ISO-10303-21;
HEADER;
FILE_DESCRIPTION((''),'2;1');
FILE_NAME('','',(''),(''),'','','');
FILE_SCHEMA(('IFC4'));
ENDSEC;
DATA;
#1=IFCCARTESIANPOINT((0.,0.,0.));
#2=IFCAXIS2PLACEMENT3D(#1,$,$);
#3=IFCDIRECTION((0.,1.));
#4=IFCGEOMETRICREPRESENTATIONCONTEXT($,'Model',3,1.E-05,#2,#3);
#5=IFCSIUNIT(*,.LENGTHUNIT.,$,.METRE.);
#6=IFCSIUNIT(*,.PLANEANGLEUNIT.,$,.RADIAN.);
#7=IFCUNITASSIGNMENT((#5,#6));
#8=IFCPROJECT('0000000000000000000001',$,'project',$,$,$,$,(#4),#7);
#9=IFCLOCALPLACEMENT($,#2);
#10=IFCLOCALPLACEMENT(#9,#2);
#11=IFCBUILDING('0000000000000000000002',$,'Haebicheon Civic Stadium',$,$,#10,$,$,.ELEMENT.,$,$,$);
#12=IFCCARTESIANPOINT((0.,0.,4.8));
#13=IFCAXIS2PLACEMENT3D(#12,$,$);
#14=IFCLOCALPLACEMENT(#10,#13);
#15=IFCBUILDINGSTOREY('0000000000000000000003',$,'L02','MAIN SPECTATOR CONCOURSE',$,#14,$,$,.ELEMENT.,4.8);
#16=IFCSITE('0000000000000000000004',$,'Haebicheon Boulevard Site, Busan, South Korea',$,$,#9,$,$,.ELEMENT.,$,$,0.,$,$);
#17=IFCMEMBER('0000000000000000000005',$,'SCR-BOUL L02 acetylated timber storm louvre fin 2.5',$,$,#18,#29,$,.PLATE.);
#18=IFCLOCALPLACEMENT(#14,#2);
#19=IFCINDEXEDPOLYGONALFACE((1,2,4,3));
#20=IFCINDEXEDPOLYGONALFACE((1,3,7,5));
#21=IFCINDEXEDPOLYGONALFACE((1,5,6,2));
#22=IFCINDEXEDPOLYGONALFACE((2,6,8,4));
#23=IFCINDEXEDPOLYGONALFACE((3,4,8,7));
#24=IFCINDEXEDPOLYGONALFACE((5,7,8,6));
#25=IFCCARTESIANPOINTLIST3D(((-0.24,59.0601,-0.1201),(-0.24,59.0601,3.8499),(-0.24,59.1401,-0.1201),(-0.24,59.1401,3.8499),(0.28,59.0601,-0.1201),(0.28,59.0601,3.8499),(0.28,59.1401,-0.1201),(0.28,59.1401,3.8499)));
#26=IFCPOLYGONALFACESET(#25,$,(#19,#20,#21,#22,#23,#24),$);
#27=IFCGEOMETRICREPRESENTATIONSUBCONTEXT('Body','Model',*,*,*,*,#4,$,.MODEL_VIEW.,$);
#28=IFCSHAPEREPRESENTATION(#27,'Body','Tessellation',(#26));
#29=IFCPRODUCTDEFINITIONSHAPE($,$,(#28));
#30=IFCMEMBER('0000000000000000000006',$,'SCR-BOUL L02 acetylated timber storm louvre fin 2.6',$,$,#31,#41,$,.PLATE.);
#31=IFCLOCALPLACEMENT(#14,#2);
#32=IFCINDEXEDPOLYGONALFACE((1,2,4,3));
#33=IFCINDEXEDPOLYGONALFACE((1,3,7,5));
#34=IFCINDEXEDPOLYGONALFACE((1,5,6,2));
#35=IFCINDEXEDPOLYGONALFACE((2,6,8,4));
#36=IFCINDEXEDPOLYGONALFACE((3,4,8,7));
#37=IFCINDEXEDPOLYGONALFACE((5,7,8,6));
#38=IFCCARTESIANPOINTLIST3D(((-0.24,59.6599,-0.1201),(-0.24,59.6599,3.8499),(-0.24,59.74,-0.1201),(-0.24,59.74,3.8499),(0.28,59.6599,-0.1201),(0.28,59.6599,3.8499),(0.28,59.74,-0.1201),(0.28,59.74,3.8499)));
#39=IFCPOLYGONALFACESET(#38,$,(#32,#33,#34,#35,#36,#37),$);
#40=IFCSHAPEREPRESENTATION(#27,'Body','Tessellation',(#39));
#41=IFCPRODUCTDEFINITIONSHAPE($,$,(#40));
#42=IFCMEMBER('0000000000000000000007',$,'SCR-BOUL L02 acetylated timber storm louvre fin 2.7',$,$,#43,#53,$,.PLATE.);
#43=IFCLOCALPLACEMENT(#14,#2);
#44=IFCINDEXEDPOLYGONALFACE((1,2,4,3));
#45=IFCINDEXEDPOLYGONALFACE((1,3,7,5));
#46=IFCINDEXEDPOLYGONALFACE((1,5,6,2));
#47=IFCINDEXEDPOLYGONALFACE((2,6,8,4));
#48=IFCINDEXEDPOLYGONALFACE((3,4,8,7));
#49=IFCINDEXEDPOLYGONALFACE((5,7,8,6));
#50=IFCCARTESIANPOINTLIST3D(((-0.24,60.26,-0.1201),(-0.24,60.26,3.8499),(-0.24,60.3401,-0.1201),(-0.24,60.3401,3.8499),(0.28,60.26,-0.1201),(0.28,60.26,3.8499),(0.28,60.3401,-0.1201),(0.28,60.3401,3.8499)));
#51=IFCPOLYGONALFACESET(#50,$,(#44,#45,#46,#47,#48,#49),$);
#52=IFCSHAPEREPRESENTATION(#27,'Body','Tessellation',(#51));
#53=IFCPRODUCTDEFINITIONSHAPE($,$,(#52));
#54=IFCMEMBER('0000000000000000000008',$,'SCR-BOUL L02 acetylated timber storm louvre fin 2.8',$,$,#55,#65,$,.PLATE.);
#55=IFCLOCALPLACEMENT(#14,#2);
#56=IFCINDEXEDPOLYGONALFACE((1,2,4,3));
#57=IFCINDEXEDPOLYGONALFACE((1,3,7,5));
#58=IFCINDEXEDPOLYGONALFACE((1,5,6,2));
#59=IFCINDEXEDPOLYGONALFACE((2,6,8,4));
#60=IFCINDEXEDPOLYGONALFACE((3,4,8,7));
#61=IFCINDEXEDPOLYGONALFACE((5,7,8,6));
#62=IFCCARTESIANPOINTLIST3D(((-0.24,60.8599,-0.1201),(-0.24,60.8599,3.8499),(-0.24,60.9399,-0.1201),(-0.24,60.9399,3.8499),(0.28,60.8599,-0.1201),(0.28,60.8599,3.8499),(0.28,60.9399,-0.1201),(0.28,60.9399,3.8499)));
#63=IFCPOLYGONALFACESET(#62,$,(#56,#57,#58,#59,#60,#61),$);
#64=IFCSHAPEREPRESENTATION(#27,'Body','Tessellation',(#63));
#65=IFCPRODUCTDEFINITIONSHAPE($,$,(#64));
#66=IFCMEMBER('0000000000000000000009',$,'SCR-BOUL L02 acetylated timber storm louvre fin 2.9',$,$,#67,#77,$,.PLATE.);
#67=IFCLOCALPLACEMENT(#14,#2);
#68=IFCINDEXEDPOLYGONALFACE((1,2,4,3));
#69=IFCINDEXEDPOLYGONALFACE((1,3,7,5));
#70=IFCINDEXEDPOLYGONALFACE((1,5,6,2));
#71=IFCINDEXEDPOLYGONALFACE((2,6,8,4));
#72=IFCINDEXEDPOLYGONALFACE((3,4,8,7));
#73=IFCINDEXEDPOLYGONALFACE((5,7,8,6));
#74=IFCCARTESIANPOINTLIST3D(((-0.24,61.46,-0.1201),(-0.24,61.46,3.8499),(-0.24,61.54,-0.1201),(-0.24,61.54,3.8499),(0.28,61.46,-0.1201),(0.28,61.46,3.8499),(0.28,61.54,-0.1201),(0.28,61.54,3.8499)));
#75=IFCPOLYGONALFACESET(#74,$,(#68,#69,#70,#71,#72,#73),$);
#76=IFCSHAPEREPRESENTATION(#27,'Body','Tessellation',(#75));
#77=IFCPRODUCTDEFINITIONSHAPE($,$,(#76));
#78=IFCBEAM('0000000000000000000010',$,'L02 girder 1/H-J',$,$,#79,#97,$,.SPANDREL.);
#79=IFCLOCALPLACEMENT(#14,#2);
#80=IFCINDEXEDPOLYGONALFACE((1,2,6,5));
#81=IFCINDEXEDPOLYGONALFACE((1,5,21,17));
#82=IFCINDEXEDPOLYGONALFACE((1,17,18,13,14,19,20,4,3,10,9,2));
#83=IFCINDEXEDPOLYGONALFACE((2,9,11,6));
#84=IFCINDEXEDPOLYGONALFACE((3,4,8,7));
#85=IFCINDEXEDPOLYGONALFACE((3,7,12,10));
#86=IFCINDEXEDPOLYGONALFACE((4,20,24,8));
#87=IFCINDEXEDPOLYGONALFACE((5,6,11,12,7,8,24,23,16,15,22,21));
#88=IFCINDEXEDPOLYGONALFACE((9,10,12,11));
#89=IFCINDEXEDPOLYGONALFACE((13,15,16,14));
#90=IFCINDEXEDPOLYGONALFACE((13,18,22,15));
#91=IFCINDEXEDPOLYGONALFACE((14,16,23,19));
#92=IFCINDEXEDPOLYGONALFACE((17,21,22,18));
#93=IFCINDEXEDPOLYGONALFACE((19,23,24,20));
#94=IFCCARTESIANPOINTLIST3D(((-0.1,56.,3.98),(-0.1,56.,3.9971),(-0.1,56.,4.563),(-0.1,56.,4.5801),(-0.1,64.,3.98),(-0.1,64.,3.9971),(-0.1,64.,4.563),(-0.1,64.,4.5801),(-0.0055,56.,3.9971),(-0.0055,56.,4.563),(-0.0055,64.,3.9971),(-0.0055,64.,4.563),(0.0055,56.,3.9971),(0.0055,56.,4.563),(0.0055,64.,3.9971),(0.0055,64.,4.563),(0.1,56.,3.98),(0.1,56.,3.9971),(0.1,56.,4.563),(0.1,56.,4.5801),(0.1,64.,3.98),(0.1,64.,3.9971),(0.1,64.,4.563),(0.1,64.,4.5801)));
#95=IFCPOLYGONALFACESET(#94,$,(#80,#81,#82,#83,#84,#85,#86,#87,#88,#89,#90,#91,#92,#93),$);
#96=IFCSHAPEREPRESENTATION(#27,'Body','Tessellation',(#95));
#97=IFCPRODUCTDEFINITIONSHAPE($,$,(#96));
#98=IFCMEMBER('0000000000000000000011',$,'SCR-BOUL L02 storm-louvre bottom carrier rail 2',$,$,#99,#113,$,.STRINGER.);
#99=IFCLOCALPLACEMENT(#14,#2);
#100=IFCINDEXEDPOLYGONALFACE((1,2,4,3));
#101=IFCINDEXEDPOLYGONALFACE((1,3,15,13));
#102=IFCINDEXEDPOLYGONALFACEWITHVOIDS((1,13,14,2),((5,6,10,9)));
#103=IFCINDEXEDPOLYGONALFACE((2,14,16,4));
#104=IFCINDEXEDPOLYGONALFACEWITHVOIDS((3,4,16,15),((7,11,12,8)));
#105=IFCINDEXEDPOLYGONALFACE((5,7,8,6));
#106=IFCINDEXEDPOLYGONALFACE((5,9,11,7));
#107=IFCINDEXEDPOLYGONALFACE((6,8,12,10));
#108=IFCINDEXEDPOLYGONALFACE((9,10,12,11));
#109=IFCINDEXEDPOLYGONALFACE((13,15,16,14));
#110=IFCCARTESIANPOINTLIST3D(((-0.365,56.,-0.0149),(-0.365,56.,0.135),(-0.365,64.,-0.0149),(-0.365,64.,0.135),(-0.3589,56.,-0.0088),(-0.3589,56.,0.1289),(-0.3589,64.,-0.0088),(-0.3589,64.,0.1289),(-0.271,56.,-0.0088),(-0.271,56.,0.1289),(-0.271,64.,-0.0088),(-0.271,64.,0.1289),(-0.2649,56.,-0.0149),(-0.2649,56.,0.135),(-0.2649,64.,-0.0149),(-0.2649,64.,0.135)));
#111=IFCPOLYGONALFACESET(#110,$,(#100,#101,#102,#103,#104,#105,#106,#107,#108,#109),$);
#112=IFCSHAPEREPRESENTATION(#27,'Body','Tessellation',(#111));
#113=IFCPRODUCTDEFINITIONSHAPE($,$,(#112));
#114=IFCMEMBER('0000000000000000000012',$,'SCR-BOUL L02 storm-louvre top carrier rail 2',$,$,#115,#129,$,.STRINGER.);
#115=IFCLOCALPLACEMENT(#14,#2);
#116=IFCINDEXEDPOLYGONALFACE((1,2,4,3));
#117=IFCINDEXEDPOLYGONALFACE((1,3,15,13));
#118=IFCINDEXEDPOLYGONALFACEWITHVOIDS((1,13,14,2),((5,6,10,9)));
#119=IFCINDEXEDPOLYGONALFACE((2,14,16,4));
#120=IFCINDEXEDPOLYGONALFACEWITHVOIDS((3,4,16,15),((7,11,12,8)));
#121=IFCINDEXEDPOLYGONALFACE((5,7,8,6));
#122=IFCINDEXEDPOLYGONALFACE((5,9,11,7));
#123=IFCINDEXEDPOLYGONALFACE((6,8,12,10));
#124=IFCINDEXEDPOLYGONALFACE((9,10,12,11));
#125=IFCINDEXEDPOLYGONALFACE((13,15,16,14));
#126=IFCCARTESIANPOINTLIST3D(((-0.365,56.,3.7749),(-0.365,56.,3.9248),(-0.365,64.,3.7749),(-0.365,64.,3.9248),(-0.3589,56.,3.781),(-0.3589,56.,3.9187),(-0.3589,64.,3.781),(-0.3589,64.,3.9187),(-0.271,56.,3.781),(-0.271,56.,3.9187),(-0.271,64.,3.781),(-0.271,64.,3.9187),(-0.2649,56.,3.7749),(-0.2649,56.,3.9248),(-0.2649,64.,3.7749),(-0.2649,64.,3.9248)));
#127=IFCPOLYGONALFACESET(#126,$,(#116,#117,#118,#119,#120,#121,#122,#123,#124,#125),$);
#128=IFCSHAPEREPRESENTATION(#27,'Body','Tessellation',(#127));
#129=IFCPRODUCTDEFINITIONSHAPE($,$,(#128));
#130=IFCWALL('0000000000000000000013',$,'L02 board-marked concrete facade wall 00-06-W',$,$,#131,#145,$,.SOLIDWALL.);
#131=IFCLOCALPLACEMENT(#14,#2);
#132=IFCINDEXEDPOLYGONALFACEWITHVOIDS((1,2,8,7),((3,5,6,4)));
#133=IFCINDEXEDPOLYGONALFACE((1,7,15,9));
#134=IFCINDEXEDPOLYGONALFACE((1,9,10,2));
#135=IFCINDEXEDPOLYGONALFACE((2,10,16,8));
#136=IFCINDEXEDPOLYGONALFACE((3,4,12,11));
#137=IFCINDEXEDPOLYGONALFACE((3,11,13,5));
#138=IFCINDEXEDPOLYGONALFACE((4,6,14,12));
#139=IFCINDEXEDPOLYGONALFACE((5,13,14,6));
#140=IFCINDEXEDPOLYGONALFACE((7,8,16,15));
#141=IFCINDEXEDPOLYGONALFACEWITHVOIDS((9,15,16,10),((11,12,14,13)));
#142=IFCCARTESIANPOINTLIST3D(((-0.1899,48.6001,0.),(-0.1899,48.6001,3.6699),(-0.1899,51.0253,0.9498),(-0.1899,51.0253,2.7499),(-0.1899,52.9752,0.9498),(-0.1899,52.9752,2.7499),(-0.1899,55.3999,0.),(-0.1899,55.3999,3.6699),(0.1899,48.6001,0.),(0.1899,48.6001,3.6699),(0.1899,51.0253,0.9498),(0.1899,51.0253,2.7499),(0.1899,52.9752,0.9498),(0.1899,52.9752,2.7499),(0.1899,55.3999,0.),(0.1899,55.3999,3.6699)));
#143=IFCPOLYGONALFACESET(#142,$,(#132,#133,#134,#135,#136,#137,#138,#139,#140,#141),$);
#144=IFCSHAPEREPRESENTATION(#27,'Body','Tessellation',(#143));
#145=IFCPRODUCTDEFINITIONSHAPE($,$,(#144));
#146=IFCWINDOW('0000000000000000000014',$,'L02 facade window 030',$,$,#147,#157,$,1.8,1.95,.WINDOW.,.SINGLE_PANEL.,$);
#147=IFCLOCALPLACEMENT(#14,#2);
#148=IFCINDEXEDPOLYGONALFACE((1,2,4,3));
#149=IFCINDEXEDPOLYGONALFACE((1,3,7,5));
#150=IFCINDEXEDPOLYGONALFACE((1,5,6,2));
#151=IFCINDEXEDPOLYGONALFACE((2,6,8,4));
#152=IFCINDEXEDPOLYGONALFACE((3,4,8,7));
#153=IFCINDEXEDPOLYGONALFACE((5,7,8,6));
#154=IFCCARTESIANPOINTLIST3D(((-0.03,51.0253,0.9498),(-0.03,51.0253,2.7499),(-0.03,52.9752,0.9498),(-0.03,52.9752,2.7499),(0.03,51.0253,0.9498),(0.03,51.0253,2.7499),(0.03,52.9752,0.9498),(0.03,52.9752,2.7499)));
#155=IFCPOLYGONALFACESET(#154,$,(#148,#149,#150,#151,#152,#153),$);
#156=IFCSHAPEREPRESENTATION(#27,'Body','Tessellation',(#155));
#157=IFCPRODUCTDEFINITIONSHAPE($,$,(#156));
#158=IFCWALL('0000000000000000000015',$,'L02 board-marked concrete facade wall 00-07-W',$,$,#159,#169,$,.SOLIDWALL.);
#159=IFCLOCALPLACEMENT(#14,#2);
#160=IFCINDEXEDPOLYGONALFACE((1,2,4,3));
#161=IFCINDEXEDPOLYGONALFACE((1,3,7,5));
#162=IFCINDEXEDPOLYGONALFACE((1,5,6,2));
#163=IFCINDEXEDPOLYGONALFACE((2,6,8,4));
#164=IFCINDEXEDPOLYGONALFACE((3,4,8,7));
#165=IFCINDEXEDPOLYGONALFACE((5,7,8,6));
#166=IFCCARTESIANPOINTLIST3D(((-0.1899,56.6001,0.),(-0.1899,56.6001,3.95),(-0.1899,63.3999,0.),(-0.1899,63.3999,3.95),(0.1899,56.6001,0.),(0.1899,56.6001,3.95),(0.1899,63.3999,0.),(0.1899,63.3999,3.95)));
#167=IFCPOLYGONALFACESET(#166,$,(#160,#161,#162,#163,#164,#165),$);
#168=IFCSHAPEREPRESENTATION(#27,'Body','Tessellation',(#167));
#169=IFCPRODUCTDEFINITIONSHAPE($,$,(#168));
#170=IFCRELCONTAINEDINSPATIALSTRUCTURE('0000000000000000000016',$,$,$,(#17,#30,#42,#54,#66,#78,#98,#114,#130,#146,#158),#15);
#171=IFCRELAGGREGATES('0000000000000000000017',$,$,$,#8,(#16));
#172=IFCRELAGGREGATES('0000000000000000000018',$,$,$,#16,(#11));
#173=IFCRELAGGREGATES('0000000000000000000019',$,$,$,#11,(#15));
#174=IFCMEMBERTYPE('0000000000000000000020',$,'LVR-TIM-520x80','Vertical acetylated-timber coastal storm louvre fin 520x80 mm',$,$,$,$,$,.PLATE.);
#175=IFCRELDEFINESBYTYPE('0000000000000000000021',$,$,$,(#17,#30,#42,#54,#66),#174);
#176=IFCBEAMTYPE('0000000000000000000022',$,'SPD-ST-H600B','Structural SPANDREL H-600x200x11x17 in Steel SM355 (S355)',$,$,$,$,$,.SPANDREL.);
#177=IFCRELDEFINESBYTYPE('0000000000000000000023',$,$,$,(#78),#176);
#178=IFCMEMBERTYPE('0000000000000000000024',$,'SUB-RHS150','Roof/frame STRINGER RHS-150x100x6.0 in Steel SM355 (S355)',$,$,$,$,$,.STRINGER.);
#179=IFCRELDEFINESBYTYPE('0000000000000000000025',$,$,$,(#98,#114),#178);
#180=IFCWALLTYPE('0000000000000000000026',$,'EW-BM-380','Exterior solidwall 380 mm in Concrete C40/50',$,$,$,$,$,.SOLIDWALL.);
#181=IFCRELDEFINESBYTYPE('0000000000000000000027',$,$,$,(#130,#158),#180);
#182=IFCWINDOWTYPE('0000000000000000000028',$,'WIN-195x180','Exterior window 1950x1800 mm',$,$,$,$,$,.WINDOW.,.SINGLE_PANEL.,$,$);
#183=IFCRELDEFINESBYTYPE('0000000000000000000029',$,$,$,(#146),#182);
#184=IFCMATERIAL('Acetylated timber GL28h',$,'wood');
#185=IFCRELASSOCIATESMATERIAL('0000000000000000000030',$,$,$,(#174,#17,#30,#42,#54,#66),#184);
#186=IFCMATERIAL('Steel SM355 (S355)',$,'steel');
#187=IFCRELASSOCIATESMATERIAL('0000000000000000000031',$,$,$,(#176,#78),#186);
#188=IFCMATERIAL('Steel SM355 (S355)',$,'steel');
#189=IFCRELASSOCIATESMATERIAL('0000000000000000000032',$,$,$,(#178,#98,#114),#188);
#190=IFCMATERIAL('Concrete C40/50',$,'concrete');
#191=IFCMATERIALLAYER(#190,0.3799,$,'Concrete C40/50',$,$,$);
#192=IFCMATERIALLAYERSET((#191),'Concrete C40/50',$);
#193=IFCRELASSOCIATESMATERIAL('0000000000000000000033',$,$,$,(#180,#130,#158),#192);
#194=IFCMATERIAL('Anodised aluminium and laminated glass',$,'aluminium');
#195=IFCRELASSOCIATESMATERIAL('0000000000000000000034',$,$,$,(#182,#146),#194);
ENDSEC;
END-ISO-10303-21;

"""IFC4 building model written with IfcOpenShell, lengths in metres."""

from ifc_helpers import new_model, si_unit, direction, frame, frame_2d, origin, origin_2d, place, context, subcontext, project, spatial, rectangle, hollow_rectangle, i_section, extrude, material, layer, layer_set, material_profile, profile_set, type_object, element, fill, save


model = new_model("IFC4")

# Units and contexts
model_context = context("Model", 3, precision=1e-05, world=origin(), true_north=direction((0.0, 1.0)))
body_context = subcontext(model_context, "Body", "Model", "MODEL_VIEW")
ifc_project = project(units=[si_unit("LENGTHUNIT", "METRE"), si_unit("PLANEANGLEUNIT", "RADIAN")], contexts=[model_context])

# Site, building, storey
site_placement = place(None, origin())
site = spatial("IfcSite", under=ifc_project, at=site_placement, Name="Haebicheon Boulevard Site, Busan, South Korea", CompositionType="ELEMENT", RefElevation=0.0)
building_placement = place(site_placement, origin())
building = spatial("IfcBuilding", under=site, at=building_placement, Name="Haebicheon Civic Stadium", CompositionType="ELEMENT")
storey_placement = place(building_placement, frame((0.0, 0.0, 4.8)))
storey = spatial("IfcBuildingStorey", under=building, at=storey_placement, Name="L02", Description="MAIN SPECTATOR CONCOURSE", CompositionType="ELEMENT", Elevation=4.8)

# Members
ifc_material_1 = material(Name="Acetylated timber GL28h", Category="wood")
ifc_material_profile_1 = material_profile(ifc_material_1, rectangle(XDim=0.0801, YDim=0.52, at=origin_2d()), Name="TMB-LOUV-80x520")
ifc_profile_set_1 = profile_set([ifc_material_profile_1], Name="Acetylated timber GL28h")
member_type_1 = type_object("IfcMemberType", Name="LVR-TIM-520x80", Description="Vertical acetylated-timber coastal storm louvre fin 520x80 mm", PredefinedType="PLATE", material=ifc_profile_set_1)
for number, where, z_axis, x_axis, name in (
    (1, (0.02, 59.1001, -0.1201), (0.0, 0.0, 1.0), (0.0, 1.0, 0.0), "SCR-BOUL L02 acetylated timber storm louvre fin 2.5"),
    (2, (0.02, 59.7, -0.1201), (0.0, 0.0, 1.0), (0.0, 1.0, 0.0), "SCR-BOUL L02 acetylated timber storm louvre fin 2.6"),
    (3, (0.02, 60.3, -0.1201), (0.0, 0.0, 1.0), (0.0, 1.0, 0.0), "SCR-BOUL L02 acetylated timber storm louvre fin 2.7"),
    (4, (0.02, 60.8999, -0.1201), (0.0, 0.0, 1.0), (0.0, 1.0, 0.0), "SCR-BOUL L02 acetylated timber storm louvre fin 2.8"),
    (5, (0.02, 61.5, -0.1201), (0.0, 0.0, 1.0), (0.0, 1.0, 0.0), "SCR-BOUL L02 acetylated timber storm louvre fin 2.9"),
):
    element("IfcMember", number, at=place(storey_placement, frame(where, z_axis=z_axis, x_axis=x_axis)), inside=storey, type_object=member_type_1, material=ifc_profile_set_1, Name=name, PredefinedType="PLATE", context=body_context, shape_type="SweptSolid", body=[
        extrude(rectangle(XDim=0.0801, YDim=0.52, at=origin_2d()), origin(), (0.0, 0.0, 1.0), 3.97),
    ])

# Beam
ifc_material_2 = material(Name="Steel SM355 (S355)", Category="steel")
ifc_material_profile_2 = material_profile(ifc_material_2, i_section(OverallWidth=0.2, OverallDepth=0.6001, WebThickness=0.011, FlangeThickness=0.0171, at=origin_2d()), Name="H-600x200x11x17")
ifc_profile_set_2 = profile_set([ifc_material_profile_2], Name="Steel SM355 (S355)")
beam_type_1 = type_object("IfcBeamType", Name="SPD-ST-H600B", Description="Structural SPANDREL H-600x200x11x17 in Steel SM355 (S355)", PredefinedType="SPANDREL", material=ifc_profile_set_2)
beam_placement = place(storey_placement, frame((0.0, 56.0, 4.28), z_axis=(0.0, 1.0, 0.0), x_axis=(-1.0, 0.0, 0.0)))
element("IfcBeam", 6, at=beam_placement, inside=storey, type_object=beam_type_1, material=ifc_profile_set_2, Name="L02 girder 1/H-J", PredefinedType="SPANDREL", context=body_context, shape_type="SweptSolid", body=[
    extrude(i_section(OverallWidth=0.2, OverallDepth=0.6001, WebThickness=0.011, FlangeThickness=0.0171, at=origin_2d()), origin(), (0.0, 0.0, 1.0), 8.0),
])

# Members
ifc_material_3 = material(Name="Steel SM355 (S355)", Category="steel")
ifc_material_profile_3 = material_profile(ifc_material_3, hollow_rectangle(XDim=0.1001, YDim=0.1499, WallThickness=0.0061, at=origin_2d()), Name="RHS-150x100x6.0")
ifc_profile_set_3 = profile_set([ifc_material_profile_3], Name="Steel SM355 (S355)")
member_type_2 = type_object("IfcMemberType", Name="SUB-RHS150", Description="Roof/frame STRINGER RHS-150x100x6.0 in Steel SM355 (S355)", PredefinedType="STRINGER", material=ifc_profile_set_3)
for number, where, z_axis, x_axis, name in (
    (7, (-0.3149, 56.0, 0.0601), (0.0, 1.0, 0.0), (-1.0, 0.0, 0.0), "SCR-BOUL L02 storm-louvre bottom carrier rail 2"),
    (8, (-0.3149, 56.0, 3.8499), (0.0, 1.0, 0.0), (-1.0, 0.0, 0.0), "SCR-BOUL L02 storm-louvre top carrier rail 2"),
):
    element("IfcMember", number, at=place(storey_placement, frame(where, z_axis=z_axis, x_axis=x_axis)), inside=storey, type_object=member_type_2, material=ifc_profile_set_3, Name=name, PredefinedType="STRINGER", context=body_context, shape_type="SweptSolid", body=[
        extrude(hollow_rectangle(XDim=0.1001, YDim=0.1499, WallThickness=0.0061, at=origin_2d()), origin(), (0.0, 0.0, 1.0), 8.0),
    ])

# Wall, opening, window
ifc_material_4 = material(Name="Concrete C40/50", Category="concrete")
ifc_layer_1 = layer(ifc_material_4, 0.3799, Name="Concrete C40/50")
ifc_layer_set_1 = layer_set([ifc_layer_1], Name="Concrete C40/50")
wall_type_1 = type_object("IfcWallType", Name="EW-BM-380", Description="Exterior solidwall 380 mm in Concrete C40/50", PredefinedType="SOLIDWALL", material=ifc_layer_set_1)
wall_1_placement = place(storey_placement, frame((0.0, 48.6001, 0.0), z_axis=(0.0, 0.0, 1.0), x_axis=(0.0, 1.0, 0.0)))
wall_1 = element("IfcWall", 9, at=wall_1_placement, inside=storey, type_object=wall_type_1, material=ifc_layer_set_1, Name="L02 board-marked concrete facade wall 00-06-W", PredefinedType="SOLIDWALL", context=body_context, shape_type="SweptSolid", body=[
    extrude(rectangle(XDim=6.7998, YDim=0.3799, at=frame_2d((3.3999, 0.0))), origin(), (0.0, 0.0, 1.0), 3.6699),
])
opening_1_placement = place(wall_1_placement, frame((2.425, 0.0, 0.95)))
opening_1 = element("IfcOpeningElement", 10, at=opening_1_placement, cuts=wall_1, PredefinedType="OPENING", context=body_context, shape_type="SweptSolid", body=[
    extrude(rectangle(XDim=1.95, YDim=1.8, at=frame_2d((0.9751, 0.8999))), frame((0.0, 0.2, 0.0), z_axis=(0.0, -1.0, 0.0), x_axis=(1.0, 0.0, 0.0)), (0.0, 0.0, 1.0), 0.3999),
])
ifc_material_5 = material(Name="Anodised aluminium and laminated glass", Category="aluminium")
window_type = type_object("IfcWindowType", Name="WIN-195x180", Description="Exterior window 1950x1800 mm", PartitioningType="SINGLE_PANEL", PredefinedType="WINDOW", material=ifc_material_5)
window_placement = place(opening_1_placement, origin())
window = element("IfcWindow", 11, at=window_placement, inside=storey, type_object=window_type, material=ifc_material_5, Name="L02 facade window 030", OverallHeight=1.8, OverallWidth=1.95, PartitioningType="SINGLE_PANEL", PredefinedType="WINDOW", context=body_context, shape_type="SweptSolid", body=[
    extrude(rectangle(XDim=1.95, YDim=1.8, at=frame_2d((0.9751, 0.8999))), frame((0.0, 0.03, 0.0), z_axis=(0.0, -1.0, 0.0), x_axis=(1.0, 0.0, 0.0)), (0.0, 0.0, 1.0), 0.0601),
])
fill(opening_1, window)

# Wall
wall_2_placement = place(storey_placement, frame((0.0, 56.6001, 0.0), z_axis=(0.0, 0.0, 1.0), x_axis=(0.0, 1.0, 0.0)))
element("IfcWall", 12, at=wall_2_placement, inside=storey, type_object=wall_type_1, material=ifc_layer_set_1, Name="L02 board-marked concrete facade wall 00-07-W", PredefinedType="SOLIDWALL", context=body_context, shape_type="SweptSolid", body=[
    extrude(rectangle(XDim=6.7998, YDim=0.3799, at=frame_2d((3.3999, 0.0))), origin(), (0.0, 0.0, 1.0), 3.95),
])

save(model, "model.ifc")
